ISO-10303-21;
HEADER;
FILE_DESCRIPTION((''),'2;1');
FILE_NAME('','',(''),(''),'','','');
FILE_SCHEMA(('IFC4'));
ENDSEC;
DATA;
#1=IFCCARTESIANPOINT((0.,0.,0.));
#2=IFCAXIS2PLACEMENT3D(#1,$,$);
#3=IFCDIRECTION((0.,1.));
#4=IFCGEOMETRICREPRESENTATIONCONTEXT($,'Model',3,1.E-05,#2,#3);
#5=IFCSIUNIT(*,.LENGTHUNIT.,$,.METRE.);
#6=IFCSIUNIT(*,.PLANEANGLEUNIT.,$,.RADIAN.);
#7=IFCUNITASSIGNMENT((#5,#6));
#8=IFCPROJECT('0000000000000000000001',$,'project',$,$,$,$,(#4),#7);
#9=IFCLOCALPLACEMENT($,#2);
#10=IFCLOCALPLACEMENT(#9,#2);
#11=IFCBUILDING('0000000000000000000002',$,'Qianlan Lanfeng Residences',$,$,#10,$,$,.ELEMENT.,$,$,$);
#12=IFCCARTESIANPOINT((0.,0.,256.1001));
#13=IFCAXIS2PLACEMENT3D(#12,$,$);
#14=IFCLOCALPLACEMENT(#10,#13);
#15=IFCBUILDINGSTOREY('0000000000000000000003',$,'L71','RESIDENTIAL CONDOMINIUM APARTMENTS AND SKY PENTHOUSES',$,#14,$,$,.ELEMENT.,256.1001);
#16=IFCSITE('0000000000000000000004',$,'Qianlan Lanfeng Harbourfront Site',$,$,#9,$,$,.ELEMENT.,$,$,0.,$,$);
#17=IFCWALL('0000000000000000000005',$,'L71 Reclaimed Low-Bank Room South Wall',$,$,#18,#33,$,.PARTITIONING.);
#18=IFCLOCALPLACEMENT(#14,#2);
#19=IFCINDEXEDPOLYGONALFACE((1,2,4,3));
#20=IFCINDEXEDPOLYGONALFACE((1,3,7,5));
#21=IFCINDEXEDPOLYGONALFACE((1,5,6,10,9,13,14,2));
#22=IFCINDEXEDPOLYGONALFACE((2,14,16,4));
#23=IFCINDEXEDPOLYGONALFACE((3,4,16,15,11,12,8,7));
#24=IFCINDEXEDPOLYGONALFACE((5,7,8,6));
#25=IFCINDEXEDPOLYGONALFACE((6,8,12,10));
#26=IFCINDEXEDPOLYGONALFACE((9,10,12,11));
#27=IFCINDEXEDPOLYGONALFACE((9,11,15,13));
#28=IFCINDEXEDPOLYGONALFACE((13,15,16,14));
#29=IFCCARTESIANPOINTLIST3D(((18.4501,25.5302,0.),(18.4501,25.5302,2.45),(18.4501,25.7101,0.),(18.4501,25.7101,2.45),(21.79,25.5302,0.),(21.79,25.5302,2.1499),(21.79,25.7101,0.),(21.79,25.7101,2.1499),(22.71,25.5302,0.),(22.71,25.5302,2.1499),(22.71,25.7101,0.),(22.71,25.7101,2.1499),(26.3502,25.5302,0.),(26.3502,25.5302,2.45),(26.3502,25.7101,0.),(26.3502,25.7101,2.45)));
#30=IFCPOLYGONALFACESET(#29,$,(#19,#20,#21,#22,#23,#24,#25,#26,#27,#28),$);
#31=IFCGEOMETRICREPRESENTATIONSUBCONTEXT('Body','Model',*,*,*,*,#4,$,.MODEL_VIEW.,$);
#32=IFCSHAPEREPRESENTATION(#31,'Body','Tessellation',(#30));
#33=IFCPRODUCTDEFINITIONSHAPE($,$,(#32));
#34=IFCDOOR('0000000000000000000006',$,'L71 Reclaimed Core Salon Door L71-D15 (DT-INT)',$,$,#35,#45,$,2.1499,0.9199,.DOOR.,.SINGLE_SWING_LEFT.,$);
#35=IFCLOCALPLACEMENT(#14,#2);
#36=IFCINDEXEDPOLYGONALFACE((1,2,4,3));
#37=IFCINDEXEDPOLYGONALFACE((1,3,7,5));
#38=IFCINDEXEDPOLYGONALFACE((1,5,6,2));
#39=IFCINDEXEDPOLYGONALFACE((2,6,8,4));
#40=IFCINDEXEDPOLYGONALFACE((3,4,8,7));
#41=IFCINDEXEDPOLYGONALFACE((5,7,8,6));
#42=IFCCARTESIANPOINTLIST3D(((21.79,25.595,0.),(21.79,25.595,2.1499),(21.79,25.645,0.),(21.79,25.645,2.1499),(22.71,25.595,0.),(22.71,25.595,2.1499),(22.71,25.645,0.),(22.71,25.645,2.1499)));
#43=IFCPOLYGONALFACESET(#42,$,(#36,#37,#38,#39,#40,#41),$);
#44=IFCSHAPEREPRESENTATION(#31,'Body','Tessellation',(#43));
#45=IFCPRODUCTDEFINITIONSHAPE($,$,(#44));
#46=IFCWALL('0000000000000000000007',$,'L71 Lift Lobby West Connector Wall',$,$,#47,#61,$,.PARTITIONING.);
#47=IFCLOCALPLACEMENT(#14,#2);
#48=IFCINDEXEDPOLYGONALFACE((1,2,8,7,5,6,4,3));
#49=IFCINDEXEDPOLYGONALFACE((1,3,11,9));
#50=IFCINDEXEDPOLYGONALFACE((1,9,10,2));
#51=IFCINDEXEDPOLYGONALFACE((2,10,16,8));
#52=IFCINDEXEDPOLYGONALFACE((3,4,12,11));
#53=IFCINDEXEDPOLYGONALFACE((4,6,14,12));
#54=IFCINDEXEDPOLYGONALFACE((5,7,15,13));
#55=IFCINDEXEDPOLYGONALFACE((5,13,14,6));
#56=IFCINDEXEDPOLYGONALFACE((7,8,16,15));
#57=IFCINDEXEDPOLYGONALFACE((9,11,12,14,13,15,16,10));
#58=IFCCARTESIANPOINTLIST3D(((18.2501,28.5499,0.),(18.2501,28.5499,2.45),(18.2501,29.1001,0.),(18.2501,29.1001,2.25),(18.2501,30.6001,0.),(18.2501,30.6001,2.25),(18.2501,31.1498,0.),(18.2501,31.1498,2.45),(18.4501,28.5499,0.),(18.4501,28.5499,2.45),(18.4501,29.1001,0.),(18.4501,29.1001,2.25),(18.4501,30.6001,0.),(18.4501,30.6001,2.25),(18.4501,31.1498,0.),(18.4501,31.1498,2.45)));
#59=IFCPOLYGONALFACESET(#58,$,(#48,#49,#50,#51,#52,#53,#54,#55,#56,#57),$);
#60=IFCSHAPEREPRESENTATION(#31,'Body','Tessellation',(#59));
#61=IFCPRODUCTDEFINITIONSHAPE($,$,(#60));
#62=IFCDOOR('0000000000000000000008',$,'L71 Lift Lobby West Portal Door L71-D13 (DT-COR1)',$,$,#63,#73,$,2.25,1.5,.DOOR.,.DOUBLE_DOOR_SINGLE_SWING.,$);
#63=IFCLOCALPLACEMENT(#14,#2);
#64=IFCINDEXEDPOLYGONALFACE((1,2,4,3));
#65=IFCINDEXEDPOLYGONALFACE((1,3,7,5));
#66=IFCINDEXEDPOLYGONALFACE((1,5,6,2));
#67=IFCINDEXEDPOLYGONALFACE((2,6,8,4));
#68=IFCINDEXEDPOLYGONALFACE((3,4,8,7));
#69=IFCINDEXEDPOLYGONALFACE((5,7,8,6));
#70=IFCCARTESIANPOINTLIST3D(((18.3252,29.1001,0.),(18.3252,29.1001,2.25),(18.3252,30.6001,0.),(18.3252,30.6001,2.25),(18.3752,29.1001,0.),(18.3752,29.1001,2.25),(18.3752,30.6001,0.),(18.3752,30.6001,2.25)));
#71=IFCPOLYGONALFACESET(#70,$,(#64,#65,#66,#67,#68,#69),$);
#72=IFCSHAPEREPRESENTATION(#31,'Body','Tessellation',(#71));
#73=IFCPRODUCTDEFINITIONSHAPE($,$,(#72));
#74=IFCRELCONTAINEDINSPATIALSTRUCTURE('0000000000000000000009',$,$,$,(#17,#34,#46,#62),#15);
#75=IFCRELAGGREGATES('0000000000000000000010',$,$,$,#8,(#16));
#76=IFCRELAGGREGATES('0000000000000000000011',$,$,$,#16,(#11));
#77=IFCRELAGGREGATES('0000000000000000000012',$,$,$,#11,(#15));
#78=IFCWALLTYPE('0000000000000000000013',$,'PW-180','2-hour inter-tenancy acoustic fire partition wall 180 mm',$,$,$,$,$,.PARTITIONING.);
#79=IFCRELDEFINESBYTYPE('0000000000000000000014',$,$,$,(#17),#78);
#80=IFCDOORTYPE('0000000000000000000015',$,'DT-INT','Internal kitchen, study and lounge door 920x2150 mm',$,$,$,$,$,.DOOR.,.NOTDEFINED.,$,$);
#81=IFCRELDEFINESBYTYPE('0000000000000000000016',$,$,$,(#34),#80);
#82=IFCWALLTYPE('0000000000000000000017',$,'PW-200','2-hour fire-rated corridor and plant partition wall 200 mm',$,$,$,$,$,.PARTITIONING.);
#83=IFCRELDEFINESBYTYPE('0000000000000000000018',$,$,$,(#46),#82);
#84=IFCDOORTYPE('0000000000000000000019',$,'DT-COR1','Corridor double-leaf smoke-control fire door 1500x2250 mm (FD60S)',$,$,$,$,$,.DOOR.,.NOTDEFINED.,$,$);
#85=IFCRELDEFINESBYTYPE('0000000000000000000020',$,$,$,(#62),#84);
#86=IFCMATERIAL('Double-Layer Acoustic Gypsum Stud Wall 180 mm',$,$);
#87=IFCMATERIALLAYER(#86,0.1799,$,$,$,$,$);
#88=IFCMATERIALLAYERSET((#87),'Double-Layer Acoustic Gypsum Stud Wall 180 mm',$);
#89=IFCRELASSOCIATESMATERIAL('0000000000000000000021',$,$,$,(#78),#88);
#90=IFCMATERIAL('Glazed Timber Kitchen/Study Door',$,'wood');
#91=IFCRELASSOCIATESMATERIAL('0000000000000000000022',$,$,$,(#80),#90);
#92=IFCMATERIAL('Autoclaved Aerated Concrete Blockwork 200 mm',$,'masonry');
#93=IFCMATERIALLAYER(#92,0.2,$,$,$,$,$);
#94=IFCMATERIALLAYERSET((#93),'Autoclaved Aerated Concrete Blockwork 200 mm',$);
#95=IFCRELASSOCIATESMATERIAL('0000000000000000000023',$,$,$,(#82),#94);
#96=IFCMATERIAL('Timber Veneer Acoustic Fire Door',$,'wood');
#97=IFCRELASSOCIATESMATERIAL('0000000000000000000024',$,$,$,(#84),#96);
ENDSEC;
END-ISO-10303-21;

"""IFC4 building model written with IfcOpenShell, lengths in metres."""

from ifc_helpers import new_model, si_unit, direction, frame, frame_2d, origin, place, context, subcontext, project, spatial, rectangle, extrude, material, layer, layer_set, type_object, element, fill, save


model = new_model("IFC4")

# Units and contexts
model_context = context("Model", 3, precision=1e-05, world=origin(), true_north=direction((0.0, 1.0)))
body_context = subcontext(model_context, "Body", "Model", "MODEL_VIEW")
ifc_project = project(units=[si_unit("LENGTHUNIT", "METRE"), si_unit("PLANEANGLEUNIT", "RADIAN")], contexts=[model_context])

# Site, building, storey
site_placement = place(None, origin())
site = spatial("IfcSite", under=ifc_project, at=site_placement, Name="Qianlan Lanfeng Harbourfront Site", CompositionType="ELEMENT", RefElevation=0.0)
building_placement = place(site_placement, origin())
building = spatial("IfcBuilding", under=site, at=building_placement, Name="Qianlan Lanfeng Residences", CompositionType="ELEMENT")
storey_placement = place(building_placement, frame((0.0, 0.0, 256.1001)))
storey = spatial("IfcBuildingStorey", under=building, at=storey_placement, Name="L71", Description="RESIDENTIAL CONDOMINIUM APARTMENTS AND SKY PENTHOUSES", CompositionType="ELEMENT", Elevation=256.1001)

# Shared definitions
ifc_material_1 = material(Name="Double-Layer Acoustic Gypsum Stud Wall 180 mm")
ifc_layer_1 = layer(ifc_material_1, 0.1799)
ifc_layer_set_1 = layer_set([ifc_layer_1], Name="Double-Layer Acoustic Gypsum Stud Wall 180 mm")
wall_type_1 = type_object("IfcWallType", Name="PW-180", Description="2-hour inter-tenancy acoustic fire partition wall 180 mm", PredefinedType="PARTITIONING", material=ifc_layer_set_1)
ifc_material_2 = material(Name="Glazed Timber Kitchen/Study Door", Category="wood")
door_type_1 = type_object("IfcDoorType", Name="DT-INT", Description="Internal kitchen, study and lounge door 920x2150 mm", OperationType="NOTDEFINED", PredefinedType="DOOR", material=ifc_material_2)

# Walls, openings, doors
wall_1_placement = place(storey_placement, frame((18.45, 25.6201, 0.0), z_axis=(0.0, 0.0, 1.0), x_axis=(1.0, 0.0, 0.0)))
wall_1 = element("IfcWall", 1, at=wall_1_placement, inside=storey, type_object=wall_type_1, Name="L71 Reclaimed Low-Bank Room South Wall", PredefinedType="PARTITIONING", context=body_context, shape_type="SweptSolid", body=[
    extrude(rectangle(XDim=7.9001, YDim=0.1799, at=frame_2d((3.9502, 0.0))), origin(), (0.0, 0.0, 1.0), 2.45),
])
opening_1_placement = place(wall_1_placement, frame((3.3401, 0.0, 0.0)))
opening_1 = element("IfcOpeningElement", 2, at=opening_1_placement, cuts=wall_1, PredefinedType="OPENING", context=body_context, shape_type="SweptSolid", body=[
    extrude(rectangle(XDim=0.9199, YDim=2.1499, at=frame_2d((0.46, 1.075))), frame((0.0, 0.1001, 0.0), z_axis=(0.0, -1.0, 0.0), x_axis=(1.0, 0.0, 0.0)), (0.0, 0.0, 1.0), 0.2),
])
door_1_placement = place(opening_1_placement, origin())
door_1 = element("IfcDoor", 3, at=door_1_placement, inside=storey, type_object=door_type_1, Name="L71 Reclaimed Core Salon Door L71-D15 (DT-INT)", OperationType="SINGLE_SWING_LEFT", OverallHeight=2.1499, OverallWidth=0.9199, PredefinedType="DOOR", context=body_context, shape_type="SweptSolid", body=[
    extrude(rectangle(XDim=0.9199, YDim=2.1499, at=frame_2d((0.46, 1.075))), frame((0.0, 0.0249, 0.0), z_axis=(0.0, -1.0, 0.0), x_axis=(1.0, 0.0, 0.0)), (0.0, 0.0, 1.0), 0.05),
])
fill(opening_1, door_1)
ifc_material_3 = material(Name="Autoclaved Aerated Concrete Blockwork 200 mm", Category="masonry")
ifc_layer_2 = layer(ifc_material_3, 0.2)
ifc_layer_set_2 = layer_set([ifc_layer_2], Name="Autoclaved Aerated Concrete Blockwork 200 mm")
wall_type_2 = type_object("IfcWallType", Name="PW-200", Description="2-hour fire-rated corridor and plant partition wall 200 mm", PredefinedType="PARTITIONING", material=ifc_layer_set_2)
wall_2_placement = place(storey_placement, frame((18.3501, 28.55, 0.0), z_axis=(0.0, 0.0, 1.0), x_axis=(0.0, 1.0, 0.0)))
wall_2 = element("IfcWall", 4, at=wall_2_placement, inside=storey, type_object=wall_type_2, Name="L71 Lift Lobby West Connector Wall", PredefinedType="PARTITIONING", context=body_context, shape_type="SweptSolid", body=[
    extrude(rectangle(XDim=2.5999, YDim=0.2, at=frame_2d((1.2998, 0.0))), origin(), (0.0, 0.0, 1.0), 2.45),
])
opening_2_placement = place(wall_2_placement, frame((0.55, 0.0, 0.0)))
opening_2 = element("IfcOpeningElement", 5, at=opening_2_placement, cuts=wall_2, PredefinedType="OPENING", context=body_context, shape_type="SweptSolid", body=[
    extrude(rectangle(XDim=1.5, YDim=2.25, at=frame_2d((0.75, 1.125))), frame((0.0, 0.1099, 0.0), z_axis=(0.0, -1.0, 0.0), x_axis=(1.0, 0.0, 0.0)), (0.0, 0.0, 1.0), 0.22),
])
ifc_material_4 = material(Name="Timber Veneer Acoustic Fire Door", Category="wood")
door_type_2 = type_object("IfcDoorType", Name="DT-COR1", Description="Corridor double-leaf smoke-control fire door 1500x2250 mm (FD60S)", OperationType="NOTDEFINED", PredefinedType="DOOR", material=ifc_material_4)
door_2_placement = place(opening_2_placement, origin())
door_2 = element("IfcDoor", 6, at=door_2_placement, inside=storey, type_object=door_type_2, Name="L71 Lift Lobby West Portal Door L71-D13 (DT-COR1)", OperationType="DOUBLE_DOOR_SINGLE_SWING", OverallHeight=2.25, OverallWidth=1.5, PredefinedType="DOOR", context=body_context, shape_type="SweptSolid", body=[
    extrude(rectangle(XDim=1.5, YDim=2.25, at=frame_2d((0.75, 1.125))), frame((0.0, 0.0249, 0.0), z_axis=(0.0, -1.0, 0.0), x_axis=(1.0, 0.0, 0.0)), (0.0, 0.0, 1.0), 0.05),
])
fill(opening_2, door_2)

save(model, "model.ifc")
